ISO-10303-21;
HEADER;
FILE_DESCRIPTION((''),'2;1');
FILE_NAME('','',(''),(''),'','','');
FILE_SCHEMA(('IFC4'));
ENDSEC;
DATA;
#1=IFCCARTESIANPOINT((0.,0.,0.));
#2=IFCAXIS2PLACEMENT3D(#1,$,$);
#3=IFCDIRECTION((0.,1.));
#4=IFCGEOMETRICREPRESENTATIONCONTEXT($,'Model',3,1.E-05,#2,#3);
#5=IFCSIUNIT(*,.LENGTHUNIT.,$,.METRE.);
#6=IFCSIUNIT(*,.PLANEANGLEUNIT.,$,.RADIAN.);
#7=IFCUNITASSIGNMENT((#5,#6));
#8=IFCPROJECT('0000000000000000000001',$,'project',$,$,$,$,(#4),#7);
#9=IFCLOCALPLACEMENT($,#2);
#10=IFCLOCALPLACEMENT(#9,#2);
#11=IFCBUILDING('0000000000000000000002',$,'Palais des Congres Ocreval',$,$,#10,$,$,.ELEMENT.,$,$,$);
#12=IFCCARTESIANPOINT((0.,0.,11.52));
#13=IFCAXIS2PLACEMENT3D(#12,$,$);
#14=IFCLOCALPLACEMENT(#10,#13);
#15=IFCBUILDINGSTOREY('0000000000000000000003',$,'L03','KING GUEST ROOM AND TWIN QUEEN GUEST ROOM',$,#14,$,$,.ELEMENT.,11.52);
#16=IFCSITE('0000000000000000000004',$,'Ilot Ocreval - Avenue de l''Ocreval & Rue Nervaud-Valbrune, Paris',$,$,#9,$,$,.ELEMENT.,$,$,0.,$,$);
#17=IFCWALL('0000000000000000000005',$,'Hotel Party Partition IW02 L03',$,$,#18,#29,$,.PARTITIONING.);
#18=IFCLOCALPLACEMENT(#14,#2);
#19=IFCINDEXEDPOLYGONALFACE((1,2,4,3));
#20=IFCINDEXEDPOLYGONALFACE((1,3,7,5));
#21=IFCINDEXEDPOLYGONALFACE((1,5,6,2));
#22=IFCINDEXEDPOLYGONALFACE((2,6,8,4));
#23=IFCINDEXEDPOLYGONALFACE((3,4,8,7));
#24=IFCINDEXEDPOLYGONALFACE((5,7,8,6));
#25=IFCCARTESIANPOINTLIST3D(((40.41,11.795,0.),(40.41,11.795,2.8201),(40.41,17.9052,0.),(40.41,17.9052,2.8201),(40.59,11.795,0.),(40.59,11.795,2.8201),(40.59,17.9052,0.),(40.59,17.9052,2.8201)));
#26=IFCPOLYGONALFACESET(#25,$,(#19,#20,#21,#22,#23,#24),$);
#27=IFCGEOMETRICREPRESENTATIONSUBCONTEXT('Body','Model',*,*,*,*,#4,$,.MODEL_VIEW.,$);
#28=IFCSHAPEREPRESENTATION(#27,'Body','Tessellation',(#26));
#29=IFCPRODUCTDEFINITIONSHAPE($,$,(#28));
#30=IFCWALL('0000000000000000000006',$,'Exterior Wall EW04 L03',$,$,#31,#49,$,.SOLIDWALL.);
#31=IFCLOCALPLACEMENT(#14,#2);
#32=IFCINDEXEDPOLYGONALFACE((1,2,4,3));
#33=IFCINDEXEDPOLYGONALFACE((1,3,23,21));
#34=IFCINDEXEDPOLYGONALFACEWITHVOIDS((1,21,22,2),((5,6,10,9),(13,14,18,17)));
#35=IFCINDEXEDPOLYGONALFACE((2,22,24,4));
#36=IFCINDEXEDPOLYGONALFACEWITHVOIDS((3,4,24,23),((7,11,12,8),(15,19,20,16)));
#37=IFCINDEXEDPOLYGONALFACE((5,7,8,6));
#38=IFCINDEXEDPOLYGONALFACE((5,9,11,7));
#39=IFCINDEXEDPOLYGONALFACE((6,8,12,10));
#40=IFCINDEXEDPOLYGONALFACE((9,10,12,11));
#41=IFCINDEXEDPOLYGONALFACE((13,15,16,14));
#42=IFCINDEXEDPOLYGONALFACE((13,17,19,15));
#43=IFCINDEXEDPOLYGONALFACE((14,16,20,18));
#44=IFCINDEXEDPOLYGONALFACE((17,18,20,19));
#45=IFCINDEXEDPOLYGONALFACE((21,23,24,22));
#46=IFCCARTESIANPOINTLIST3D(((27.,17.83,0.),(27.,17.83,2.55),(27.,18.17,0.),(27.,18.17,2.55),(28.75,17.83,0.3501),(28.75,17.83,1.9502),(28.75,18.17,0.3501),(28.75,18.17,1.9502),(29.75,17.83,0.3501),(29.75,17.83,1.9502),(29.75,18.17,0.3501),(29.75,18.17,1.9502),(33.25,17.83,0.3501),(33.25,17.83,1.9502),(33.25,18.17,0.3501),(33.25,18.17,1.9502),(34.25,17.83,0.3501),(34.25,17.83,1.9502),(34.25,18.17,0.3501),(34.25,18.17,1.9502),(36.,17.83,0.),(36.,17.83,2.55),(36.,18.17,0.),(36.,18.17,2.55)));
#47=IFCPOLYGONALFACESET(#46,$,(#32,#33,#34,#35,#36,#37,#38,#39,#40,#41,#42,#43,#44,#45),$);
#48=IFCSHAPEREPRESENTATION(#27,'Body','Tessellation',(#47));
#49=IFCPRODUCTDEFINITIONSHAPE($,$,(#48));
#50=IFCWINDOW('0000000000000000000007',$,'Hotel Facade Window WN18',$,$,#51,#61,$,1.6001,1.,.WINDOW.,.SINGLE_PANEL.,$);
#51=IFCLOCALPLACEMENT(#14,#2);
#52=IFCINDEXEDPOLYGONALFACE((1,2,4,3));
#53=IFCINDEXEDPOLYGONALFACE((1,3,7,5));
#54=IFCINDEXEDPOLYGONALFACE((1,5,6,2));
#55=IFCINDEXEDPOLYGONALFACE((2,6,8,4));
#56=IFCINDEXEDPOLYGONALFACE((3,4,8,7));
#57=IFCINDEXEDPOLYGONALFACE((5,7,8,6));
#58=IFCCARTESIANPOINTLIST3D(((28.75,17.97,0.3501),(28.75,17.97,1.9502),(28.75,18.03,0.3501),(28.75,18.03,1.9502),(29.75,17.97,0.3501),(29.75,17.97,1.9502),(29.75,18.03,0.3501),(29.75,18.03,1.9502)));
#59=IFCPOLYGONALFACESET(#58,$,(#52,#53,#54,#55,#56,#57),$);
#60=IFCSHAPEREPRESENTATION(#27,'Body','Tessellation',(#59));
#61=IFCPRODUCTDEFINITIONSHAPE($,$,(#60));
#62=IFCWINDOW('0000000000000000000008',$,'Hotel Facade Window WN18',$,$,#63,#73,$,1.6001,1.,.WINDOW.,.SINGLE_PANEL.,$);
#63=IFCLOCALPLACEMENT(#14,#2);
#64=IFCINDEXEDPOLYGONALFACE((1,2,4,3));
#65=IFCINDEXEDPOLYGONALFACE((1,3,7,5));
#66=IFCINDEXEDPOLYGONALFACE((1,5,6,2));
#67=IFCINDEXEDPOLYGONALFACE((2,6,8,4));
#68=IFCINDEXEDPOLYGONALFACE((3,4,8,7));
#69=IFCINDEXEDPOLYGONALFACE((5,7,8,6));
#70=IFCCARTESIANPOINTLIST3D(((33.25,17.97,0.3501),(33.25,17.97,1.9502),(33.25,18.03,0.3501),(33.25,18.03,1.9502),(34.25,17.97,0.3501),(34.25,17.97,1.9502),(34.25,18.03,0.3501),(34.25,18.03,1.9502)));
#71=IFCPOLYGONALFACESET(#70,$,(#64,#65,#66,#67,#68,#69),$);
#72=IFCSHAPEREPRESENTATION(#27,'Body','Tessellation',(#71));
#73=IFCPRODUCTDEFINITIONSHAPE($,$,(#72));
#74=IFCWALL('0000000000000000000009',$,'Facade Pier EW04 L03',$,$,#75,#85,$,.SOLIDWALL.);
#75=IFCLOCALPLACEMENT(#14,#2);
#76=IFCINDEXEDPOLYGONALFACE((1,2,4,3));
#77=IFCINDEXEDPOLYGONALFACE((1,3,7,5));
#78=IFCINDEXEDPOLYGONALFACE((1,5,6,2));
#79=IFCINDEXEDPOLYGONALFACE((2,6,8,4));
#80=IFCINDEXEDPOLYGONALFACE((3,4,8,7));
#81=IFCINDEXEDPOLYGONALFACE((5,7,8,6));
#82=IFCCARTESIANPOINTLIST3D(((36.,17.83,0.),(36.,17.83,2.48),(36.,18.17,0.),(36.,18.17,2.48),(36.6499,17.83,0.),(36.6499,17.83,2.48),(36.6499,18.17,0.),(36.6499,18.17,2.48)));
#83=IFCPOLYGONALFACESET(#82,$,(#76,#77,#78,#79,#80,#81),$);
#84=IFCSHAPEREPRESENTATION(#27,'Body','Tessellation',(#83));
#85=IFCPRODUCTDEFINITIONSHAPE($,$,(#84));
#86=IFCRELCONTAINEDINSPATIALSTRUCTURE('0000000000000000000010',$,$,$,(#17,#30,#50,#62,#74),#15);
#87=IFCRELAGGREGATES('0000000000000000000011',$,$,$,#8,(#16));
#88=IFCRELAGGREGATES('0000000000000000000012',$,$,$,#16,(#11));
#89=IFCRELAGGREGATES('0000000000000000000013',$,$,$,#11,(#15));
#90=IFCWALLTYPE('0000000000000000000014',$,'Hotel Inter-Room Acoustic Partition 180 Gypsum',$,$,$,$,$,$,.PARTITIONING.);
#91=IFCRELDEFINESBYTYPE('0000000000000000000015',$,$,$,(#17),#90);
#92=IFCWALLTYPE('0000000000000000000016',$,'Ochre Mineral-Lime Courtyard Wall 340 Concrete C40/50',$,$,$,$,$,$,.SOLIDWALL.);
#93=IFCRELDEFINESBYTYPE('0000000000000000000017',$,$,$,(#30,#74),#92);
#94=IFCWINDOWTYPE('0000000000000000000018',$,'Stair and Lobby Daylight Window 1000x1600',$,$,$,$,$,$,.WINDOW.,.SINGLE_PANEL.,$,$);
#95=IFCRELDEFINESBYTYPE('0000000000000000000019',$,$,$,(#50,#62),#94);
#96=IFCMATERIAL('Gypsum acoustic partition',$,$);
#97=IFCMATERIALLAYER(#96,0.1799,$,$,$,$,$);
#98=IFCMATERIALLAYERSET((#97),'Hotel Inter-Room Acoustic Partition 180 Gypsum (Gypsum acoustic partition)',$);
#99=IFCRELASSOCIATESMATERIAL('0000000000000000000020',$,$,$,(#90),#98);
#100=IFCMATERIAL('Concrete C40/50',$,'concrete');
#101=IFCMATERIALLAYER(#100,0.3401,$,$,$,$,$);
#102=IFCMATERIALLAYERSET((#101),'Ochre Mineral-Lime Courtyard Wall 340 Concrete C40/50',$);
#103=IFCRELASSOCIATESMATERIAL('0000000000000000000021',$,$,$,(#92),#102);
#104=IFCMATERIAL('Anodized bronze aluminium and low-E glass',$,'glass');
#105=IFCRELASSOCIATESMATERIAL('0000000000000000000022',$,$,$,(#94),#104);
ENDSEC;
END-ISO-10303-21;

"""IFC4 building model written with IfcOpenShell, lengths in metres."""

from ifc_helpers import new_model, si_unit, direction, frame, frame_2d, origin, place, context, subcontext, project, spatial, rectangle, extrude, material, layer, layer_set, type_object, element, fill, save


model = new_model("IFC4")

# Units and contexts
model_context = context("Model", 3, precision=1e-05, world=origin(), true_north=direction((0.0, 1.0)))
body_context = subcontext(model_context, "Body", "Model", "MODEL_VIEW")
ifc_project = project(units=[si_unit("LENGTHUNIT", "METRE"), si_unit("PLANEANGLEUNIT", "RADIAN")], contexts=[model_context])

# Site, building, storey
site_placement = place(None, origin())
site = spatial("IfcSite", under=ifc_project, at=site_placement, Name="Ilot Ocreval - Avenue de l'Ocreval & Rue Nervaud-Valbrune, Paris", CompositionType="ELEMENT", RefElevation=0.0)
building_placement = place(site_placement, origin())
building = spatial("IfcBuilding", under=site, at=building_placement, Name="Palais des Congres Ocreval", CompositionType="ELEMENT")
storey_placement = place(building_placement, frame((0.0, 0.0, 11.52)))
storey = spatial("IfcBuildingStorey", under=building, at=storey_placement, Name="L03", Description="KING GUEST ROOM AND TWIN QUEEN GUEST ROOM", CompositionType="ELEMENT", Elevation=11.52)

# Shared definitions
ifc_material_1 = material(Name="Concrete C40/50", Category="concrete")

# Shared definitions
ifc_material_2 = material(Name="Anodized bronze aluminium and low-E glass", Category="glass")

# Wall
ifc_material_3 = material(Name="Gypsum acoustic partition")
ifc_layer_1 = layer(ifc_material_3, 0.1799)
ifc_layer_set_1 = layer_set([ifc_layer_1], Name="Hotel Inter-Room Acoustic Partition 180 Gypsum (Gypsum acoustic partition)")
wall_type_1 = type_object("IfcWallType", Name="Hotel Inter-Room Acoustic Partition 180 Gypsum", PredefinedType="PARTITIONING", material=ifc_layer_set_1)
wall_1_placement = place(storey_placement, frame((40.5, 11.7949, 0.0), z_axis=(0.0, 0.0, 1.0), x_axis=(0.0, 1.0, 0.0)))
element("IfcWall", 1, at=wall_1_placement, inside=storey, type_object=wall_type_1, Name="Hotel Party Partition IW02 L03", PredefinedType="PARTITIONING", context=body_context, shape_type="SweptSolid", body=[
    extrude(rectangle(XDim=6.1101, YDim=0.1799, at=frame_2d((3.0552, 0.0))), origin(), (0.0, 0.0, 1.0), 2.8201),
])

# Wall, openings, windows
ifc_layer_2 = layer(ifc_material_1, 0.3401)
ifc_layer_set_2 = layer_set([ifc_layer_2], Name="Ochre Mineral-Lime Courtyard Wall 340 Concrete C40/50")
wall_type_2 = type_object("IfcWallType", Name="Ochre Mineral-Lime Courtyard Wall 340 Concrete C40/50", PredefinedType="SOLIDWALL", material=ifc_layer_set_2)
wall_2_placement = place(storey_placement, frame((27.0, 18.0, 0.0), z_axis=(0.0, 0.0, 1.0), x_axis=(1.0, 0.0, 0.0)))
wall_2 = element("IfcWall", 2, at=wall_2_placement, inside=storey, type_object=wall_type_2, Name="Exterior Wall EW04 L03", PredefinedType="SOLIDWALL", context=body_context, shape_type="SweptSolid", body=[
    extrude(rectangle(XDim=9.0, YDim=0.3401, at=frame_2d((4.5, 0.0))), origin(), (0.0, 0.0, 1.0), 2.55),
])
opening_1_placement = place(wall_2_placement, frame((1.75, 0.0, 0.3501)))
opening_1 = element("IfcOpeningElement", 3, at=opening_1_placement, cuts=wall_2, PredefinedType="OPENING", context=body_context, shape_type="SweptSolid", body=[
    extrude(rectangle(XDim=1.0, YDim=1.6001, at=frame_2d((0.5, 0.8))), frame((0.0, 0.1799, 0.0), z_axis=(0.0, -1.0, 0.0), x_axis=(1.0, 0.0, 0.0)), (0.0, 0.0, 1.0), 0.3601),
])
opening_2_placement = place(wall_2_placement, frame((6.25, 0.0, 0.3501)))
opening_2 = element("IfcOpeningElement", 4, at=opening_2_placement, cuts=wall_2, PredefinedType="OPENING", context=body_context, shape_type="SweptSolid", body=[
    extrude(rectangle(XDim=1.0, YDim=1.6001, at=frame_2d((0.5, 0.8))), frame((0.0, 0.1799, 0.0), z_axis=(0.0, -1.0, 0.0), x_axis=(1.0, 0.0, 0.0)), (0.0, 0.0, 1.0), 0.3601),
])
window_type = type_object("IfcWindowType", Name="Stair and Lobby Daylight Window 1000x1600", PartitioningType="SINGLE_PANEL", PredefinedType="WINDOW", material=ifc_material_2)
window_1_placement = place(opening_1_placement, origin())
window_1 = element("IfcWindow", 5, at=window_1_placement, inside=storey, type_object=window_type, Name="Hotel Facade Window WN18", OverallHeight=1.6001, OverallWidth=1.0, PartitioningType="SINGLE_PANEL", PredefinedType="WINDOW", context=body_context, shape_type="SweptSolid", body=[
    extrude(rectangle(XDim=1.0, YDim=1.6001, at=frame_2d((0.5, 0.8))), frame((0.0, 0.03, 0.0), z_axis=(0.0, -1.0, 0.0), x_axis=(1.0, 0.0, 0.0)), (0.0, 0.0, 1.0), 0.0601),
])
fill(opening_1, window_1)
window_2_placement = place(opening_2_placement, origin())
window_2 = element("IfcWindow", 6, at=window_2_placement, inside=storey, type_object=window_type, Name="Hotel Facade Window WN18", OverallHeight=1.6001, OverallWidth=1.0, PartitioningType="SINGLE_PANEL", PredefinedType="WINDOW", context=body_context, shape_type="SweptSolid", body=[
    extrude(rectangle(XDim=1.0, YDim=1.6001, at=frame_2d((0.5, 0.8))), frame((0.0, 0.03, 0.0), z_axis=(0.0, -1.0, 0.0), x_axis=(1.0, 0.0, 0.0)), (0.0, 0.0, 1.0), 0.0601),
])
fill(opening_2, window_2)

# Wall
wall_3_placement = place(storey_placement, frame((36.0, 18.0, 0.0), z_axis=(0.0, 0.0, 1.0), x_axis=(1.0, 0.0, 0.0)))
element("IfcWall", 7, at=wall_3_placement, inside=storey, type_object=wall_type_2, Name="Facade Pier EW04 L03", PredefinedType="SOLIDWALL", context=body_context, shape_type="SweptSolid", body=[
    extrude(rectangle(XDim=0.6499, YDim=0.3401, at=frame_2d((0.325, 0.0))), origin(), (0.0, 0.0, 1.0), 2.48),
])

save(model, "model.ifc")
